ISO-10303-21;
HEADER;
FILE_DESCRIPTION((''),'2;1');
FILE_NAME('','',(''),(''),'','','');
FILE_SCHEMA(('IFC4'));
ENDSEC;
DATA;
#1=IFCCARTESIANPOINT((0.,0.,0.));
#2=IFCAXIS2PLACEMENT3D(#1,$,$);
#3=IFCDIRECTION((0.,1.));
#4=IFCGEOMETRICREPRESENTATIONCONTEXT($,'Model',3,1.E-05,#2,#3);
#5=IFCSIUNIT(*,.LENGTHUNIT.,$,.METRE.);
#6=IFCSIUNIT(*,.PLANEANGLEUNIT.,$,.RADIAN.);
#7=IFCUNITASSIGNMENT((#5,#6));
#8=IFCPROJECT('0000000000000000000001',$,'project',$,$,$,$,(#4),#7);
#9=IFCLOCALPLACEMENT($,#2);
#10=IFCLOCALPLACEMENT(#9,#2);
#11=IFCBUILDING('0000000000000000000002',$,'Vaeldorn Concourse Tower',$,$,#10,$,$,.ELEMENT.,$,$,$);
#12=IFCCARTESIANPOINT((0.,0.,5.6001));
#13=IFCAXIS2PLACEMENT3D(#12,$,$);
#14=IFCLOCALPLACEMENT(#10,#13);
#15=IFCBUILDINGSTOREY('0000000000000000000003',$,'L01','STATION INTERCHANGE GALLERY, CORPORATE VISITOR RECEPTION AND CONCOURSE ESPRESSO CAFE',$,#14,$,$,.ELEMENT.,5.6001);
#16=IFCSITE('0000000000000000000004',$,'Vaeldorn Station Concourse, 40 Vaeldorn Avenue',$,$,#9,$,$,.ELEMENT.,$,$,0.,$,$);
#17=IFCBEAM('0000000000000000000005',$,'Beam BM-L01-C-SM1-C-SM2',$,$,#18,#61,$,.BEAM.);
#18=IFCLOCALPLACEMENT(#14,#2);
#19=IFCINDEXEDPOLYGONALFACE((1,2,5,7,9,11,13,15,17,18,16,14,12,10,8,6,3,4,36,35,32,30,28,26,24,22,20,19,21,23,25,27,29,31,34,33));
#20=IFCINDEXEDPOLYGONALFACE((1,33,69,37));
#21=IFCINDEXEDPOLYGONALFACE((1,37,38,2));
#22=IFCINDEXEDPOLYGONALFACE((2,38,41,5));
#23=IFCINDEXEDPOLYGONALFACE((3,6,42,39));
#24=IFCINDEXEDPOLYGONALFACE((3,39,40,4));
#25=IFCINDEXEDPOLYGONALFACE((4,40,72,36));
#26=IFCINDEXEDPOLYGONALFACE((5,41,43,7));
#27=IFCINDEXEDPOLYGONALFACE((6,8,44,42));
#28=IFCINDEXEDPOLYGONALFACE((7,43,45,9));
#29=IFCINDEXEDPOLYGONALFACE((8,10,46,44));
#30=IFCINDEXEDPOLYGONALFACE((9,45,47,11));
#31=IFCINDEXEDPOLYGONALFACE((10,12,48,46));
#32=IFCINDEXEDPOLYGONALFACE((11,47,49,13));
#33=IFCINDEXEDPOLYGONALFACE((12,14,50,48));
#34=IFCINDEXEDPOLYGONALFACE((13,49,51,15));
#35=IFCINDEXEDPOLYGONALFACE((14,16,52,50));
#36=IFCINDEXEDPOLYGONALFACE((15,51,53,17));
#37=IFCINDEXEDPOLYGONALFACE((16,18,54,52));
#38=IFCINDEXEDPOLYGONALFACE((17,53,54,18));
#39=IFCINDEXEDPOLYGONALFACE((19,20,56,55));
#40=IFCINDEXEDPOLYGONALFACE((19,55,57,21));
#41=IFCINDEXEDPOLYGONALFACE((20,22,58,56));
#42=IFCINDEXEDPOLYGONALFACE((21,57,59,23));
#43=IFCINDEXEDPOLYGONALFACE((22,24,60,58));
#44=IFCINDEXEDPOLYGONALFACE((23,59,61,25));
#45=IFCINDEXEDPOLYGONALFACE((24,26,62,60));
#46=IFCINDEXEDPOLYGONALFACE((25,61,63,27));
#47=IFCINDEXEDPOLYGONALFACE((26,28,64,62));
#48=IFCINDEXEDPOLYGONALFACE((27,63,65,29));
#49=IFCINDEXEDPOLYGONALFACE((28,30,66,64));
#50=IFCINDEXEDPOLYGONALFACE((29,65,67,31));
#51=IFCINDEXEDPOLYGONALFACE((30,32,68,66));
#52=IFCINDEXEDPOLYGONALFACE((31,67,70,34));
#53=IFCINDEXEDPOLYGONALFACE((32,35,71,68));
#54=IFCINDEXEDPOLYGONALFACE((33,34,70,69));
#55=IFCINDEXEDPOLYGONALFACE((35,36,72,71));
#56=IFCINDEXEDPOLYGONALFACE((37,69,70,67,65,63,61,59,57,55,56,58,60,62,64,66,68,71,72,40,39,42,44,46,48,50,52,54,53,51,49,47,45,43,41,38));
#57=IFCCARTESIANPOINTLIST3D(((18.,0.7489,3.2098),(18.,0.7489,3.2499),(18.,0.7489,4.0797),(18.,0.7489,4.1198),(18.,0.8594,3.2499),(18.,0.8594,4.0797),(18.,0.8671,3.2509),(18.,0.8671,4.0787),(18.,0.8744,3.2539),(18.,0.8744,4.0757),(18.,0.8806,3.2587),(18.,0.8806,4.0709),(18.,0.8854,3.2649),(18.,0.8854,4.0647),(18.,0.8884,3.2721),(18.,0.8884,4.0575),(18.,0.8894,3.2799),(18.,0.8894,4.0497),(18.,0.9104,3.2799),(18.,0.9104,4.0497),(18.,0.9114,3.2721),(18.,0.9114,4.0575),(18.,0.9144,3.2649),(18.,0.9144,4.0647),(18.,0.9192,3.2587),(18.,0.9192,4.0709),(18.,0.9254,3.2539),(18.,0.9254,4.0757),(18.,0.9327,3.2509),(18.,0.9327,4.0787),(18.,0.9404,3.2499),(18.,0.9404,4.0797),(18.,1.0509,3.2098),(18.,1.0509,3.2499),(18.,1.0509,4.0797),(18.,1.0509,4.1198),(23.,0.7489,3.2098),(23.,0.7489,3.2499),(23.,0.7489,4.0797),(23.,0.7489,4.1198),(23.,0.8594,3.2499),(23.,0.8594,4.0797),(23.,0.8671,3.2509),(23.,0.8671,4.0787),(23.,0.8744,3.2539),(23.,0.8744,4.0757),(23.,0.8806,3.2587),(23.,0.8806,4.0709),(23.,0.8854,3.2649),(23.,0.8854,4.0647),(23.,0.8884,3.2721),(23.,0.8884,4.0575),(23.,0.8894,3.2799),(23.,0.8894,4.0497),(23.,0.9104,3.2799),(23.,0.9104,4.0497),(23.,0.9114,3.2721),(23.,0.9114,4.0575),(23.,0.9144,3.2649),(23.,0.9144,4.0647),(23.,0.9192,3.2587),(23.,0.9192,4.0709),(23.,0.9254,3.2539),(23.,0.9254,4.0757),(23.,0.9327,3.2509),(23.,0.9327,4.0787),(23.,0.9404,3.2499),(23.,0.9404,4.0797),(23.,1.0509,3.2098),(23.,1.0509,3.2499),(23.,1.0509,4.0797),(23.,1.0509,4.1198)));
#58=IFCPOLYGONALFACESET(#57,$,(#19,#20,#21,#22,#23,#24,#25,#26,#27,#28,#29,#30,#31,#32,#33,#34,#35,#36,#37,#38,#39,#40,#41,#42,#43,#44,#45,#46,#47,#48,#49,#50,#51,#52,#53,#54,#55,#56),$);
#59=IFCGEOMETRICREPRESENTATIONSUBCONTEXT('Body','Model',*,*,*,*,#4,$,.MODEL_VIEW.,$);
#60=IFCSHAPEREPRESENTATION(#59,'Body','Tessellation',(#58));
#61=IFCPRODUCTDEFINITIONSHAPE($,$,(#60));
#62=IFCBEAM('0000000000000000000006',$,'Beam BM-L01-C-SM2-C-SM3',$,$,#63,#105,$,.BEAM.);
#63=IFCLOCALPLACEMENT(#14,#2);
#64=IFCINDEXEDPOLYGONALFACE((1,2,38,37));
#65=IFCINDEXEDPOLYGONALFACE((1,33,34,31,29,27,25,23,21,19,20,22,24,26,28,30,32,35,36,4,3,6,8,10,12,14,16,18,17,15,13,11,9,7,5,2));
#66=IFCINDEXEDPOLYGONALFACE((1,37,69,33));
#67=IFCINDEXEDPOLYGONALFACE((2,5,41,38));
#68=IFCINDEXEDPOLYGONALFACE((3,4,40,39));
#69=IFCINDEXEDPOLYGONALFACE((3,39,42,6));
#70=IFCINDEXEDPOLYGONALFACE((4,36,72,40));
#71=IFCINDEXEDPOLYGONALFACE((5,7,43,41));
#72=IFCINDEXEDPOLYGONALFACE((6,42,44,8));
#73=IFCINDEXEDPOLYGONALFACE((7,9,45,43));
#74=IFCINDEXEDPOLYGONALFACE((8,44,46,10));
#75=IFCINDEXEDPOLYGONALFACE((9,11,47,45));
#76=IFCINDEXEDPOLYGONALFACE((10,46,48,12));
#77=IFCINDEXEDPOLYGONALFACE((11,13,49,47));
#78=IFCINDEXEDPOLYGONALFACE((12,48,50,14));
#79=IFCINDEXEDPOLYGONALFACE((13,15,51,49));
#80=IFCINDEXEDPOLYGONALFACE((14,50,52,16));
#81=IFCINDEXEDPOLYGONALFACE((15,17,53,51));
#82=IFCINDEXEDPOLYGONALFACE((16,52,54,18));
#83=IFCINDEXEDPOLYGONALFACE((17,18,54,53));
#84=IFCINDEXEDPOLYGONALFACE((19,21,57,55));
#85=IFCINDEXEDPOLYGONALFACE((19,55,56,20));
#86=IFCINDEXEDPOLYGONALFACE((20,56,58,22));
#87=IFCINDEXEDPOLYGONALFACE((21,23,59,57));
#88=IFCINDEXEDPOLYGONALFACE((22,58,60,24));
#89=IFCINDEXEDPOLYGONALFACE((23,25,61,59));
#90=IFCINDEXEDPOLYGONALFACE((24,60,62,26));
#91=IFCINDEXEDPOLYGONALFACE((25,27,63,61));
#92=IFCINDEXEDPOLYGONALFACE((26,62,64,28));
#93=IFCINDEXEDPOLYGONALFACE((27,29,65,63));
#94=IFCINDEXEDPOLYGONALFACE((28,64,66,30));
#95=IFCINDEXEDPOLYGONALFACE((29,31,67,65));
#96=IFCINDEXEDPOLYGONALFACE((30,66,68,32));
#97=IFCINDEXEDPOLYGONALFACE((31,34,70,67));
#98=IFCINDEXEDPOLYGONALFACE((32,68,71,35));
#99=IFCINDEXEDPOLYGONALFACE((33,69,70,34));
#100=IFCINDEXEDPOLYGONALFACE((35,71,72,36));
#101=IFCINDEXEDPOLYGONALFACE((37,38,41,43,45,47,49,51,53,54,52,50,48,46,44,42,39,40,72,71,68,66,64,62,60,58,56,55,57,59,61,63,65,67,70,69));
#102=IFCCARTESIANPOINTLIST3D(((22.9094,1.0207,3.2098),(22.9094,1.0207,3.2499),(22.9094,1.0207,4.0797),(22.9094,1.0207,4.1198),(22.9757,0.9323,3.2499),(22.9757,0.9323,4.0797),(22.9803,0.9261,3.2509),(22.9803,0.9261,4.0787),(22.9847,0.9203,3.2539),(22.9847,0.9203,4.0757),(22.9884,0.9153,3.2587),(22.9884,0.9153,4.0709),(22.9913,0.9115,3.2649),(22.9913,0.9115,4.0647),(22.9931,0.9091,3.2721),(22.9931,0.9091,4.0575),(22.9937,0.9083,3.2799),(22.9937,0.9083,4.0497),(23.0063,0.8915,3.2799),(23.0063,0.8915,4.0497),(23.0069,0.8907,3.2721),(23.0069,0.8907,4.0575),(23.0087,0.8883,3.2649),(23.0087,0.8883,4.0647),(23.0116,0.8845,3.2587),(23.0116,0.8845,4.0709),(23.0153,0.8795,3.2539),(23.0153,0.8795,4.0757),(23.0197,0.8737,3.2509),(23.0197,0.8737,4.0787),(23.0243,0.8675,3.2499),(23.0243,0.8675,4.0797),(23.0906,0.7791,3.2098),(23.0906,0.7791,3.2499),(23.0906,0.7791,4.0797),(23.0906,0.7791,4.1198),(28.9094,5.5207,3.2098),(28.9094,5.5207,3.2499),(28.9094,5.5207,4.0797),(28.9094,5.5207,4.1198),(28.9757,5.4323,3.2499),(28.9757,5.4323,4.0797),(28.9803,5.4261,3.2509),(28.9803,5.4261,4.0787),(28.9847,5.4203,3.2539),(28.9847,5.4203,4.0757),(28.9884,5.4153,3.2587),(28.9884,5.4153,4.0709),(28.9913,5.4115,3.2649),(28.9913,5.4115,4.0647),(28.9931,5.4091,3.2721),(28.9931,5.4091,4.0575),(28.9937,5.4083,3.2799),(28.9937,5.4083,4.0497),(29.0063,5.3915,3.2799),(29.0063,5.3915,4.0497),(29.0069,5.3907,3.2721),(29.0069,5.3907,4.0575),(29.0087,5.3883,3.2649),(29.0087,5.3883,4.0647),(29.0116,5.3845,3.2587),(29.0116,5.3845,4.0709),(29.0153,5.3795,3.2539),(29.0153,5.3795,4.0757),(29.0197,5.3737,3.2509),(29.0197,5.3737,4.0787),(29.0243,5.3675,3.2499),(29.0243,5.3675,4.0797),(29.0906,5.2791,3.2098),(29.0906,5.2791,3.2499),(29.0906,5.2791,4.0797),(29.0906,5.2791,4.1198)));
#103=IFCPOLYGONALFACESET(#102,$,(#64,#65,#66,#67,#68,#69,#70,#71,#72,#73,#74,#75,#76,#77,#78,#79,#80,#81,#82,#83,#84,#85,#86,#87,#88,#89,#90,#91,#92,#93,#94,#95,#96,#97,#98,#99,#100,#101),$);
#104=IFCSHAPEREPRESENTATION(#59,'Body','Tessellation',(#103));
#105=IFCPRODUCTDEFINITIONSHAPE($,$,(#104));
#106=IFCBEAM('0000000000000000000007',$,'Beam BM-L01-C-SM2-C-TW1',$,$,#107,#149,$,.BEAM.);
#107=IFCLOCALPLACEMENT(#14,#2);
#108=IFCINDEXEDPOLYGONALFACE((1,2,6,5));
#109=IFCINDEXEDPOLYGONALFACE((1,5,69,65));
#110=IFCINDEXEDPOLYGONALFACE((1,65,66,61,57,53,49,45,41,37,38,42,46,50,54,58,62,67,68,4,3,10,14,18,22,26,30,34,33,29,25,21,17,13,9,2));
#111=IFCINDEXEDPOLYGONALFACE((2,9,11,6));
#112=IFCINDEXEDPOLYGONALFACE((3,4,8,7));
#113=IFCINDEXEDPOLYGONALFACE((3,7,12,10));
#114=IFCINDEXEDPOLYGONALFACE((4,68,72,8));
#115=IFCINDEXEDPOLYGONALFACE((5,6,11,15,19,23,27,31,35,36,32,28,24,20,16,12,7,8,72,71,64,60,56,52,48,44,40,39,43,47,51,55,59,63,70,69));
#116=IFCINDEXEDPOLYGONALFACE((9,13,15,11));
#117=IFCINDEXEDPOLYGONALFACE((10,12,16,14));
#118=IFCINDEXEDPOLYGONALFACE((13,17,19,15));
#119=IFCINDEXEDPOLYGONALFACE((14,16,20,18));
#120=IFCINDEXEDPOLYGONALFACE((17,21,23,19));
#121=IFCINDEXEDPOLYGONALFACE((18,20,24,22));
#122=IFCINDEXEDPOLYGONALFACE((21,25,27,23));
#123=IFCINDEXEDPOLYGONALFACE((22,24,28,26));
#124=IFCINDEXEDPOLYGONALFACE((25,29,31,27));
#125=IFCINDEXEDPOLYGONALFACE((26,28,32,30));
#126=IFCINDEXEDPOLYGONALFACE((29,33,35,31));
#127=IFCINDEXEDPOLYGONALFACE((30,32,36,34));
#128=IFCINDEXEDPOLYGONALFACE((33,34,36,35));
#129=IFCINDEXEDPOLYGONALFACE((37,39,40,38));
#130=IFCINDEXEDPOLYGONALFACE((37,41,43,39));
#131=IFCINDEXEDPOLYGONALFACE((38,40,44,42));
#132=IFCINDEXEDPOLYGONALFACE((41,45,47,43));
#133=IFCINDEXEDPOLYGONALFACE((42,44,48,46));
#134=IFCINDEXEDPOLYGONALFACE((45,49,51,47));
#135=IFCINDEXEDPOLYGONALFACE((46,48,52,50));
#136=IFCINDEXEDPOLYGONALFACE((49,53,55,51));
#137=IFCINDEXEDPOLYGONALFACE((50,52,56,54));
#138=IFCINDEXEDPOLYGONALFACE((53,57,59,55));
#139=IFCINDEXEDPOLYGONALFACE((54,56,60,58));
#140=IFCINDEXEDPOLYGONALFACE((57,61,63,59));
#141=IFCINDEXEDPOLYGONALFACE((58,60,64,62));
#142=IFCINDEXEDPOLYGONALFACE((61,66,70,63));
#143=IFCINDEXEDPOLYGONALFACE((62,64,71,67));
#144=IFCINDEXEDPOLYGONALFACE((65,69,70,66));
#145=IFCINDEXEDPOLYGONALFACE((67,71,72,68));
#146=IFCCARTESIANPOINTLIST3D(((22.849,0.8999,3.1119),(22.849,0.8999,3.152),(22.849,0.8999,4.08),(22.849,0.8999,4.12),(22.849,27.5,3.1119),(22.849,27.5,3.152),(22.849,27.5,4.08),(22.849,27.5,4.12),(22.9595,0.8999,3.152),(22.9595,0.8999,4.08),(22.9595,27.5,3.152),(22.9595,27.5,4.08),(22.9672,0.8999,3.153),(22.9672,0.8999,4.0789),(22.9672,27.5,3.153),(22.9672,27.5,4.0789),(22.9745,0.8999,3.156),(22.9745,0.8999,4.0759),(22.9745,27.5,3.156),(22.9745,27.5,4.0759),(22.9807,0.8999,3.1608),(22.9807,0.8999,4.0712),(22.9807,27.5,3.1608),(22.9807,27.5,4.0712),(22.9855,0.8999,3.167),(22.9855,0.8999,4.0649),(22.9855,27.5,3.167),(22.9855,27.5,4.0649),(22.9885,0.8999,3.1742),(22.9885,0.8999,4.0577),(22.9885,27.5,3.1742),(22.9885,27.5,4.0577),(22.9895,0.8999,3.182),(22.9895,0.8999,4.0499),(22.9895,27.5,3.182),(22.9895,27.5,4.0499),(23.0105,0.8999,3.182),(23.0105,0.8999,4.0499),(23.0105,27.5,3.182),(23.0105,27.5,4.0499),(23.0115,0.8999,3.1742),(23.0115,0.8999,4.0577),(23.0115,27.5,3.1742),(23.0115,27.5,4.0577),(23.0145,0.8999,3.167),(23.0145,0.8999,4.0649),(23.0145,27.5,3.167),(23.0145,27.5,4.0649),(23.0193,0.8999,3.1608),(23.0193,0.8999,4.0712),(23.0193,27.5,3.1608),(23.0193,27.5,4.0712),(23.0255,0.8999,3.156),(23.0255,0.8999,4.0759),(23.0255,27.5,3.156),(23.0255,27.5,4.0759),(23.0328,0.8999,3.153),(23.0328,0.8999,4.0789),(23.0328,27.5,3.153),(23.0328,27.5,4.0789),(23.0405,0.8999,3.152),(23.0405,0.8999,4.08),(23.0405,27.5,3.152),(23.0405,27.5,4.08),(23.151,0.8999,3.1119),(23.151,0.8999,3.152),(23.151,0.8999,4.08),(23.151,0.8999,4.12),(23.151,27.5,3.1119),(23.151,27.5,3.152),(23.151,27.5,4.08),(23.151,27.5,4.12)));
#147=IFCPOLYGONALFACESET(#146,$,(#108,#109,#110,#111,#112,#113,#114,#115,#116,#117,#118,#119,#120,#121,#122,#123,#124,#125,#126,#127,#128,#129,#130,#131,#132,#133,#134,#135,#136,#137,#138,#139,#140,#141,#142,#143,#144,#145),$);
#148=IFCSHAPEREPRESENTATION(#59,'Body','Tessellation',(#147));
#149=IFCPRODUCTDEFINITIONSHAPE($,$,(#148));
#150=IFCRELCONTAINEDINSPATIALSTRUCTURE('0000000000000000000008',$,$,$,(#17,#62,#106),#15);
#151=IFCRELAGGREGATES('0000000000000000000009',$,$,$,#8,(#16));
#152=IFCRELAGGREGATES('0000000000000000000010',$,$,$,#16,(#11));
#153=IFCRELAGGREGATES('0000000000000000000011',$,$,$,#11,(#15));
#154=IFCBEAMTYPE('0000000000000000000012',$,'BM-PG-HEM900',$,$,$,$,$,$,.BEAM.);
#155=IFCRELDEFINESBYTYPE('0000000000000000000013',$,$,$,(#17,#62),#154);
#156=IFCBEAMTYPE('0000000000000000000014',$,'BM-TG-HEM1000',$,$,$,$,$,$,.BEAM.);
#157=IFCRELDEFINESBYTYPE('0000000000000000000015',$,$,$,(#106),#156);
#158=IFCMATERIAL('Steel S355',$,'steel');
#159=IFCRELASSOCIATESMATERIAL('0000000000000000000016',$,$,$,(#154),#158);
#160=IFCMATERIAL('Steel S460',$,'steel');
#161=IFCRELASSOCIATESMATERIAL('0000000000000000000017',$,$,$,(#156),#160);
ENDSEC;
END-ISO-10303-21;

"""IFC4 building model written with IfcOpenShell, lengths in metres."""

from ifc_helpers import new_model, si_unit, direction, frame, origin, origin_2d, place, context, subcontext, project, spatial, i_section, extrude, source, transform, mapped, material, material_profile, profile_set, type_object, element, save


model = new_model("IFC4")

# Units and contexts
model_context = context("Model", 3, precision=1e-05, world=origin(), true_north=direction((0.0, 1.0)))
body_context = subcontext(model_context, "Body", "Model", "MODEL_VIEW")
ifc_project = project(units=[si_unit("LENGTHUNIT", "METRE"), si_unit("PLANEANGLEUNIT", "RADIAN")], contexts=[model_context])

# Site, building, storey
site_placement = place(None, origin())
site = spatial("IfcSite", under=ifc_project, at=site_placement, Name="Vaeldorn Station Concourse, 40 Vaeldorn Avenue", CompositionType="ELEMENT", RefElevation=0.0)
building_placement = place(site_placement, origin())
building = spatial("IfcBuilding", under=site, at=building_placement, Name="Vaeldorn Concourse Tower", CompositionType="ELEMENT")
storey_placement = place(building_placement, frame((0.0, 0.0, 5.6001)))
storey = spatial("IfcBuildingStorey", under=building, at=storey_placement, Name="L01", Description="STATION INTERCHANGE GALLERY, CORPORATE VISITOR RECEPTION AND CONCOURSE ESPRESSO CAFE", CompositionType="ELEMENT", Elevation=5.6001)

# Shared definitions
ifc_material_1 = material(Name="Steel S460", Category="steel")

# Beams
ifc_material_2 = material(Name="Steel S355", Category="steel")
ifc_material_profile_1 = material_profile(ifc_material_2, i_section(OverallWidth=0.302, OverallDepth=0.9099, WebThickness=0.021, FlangeThickness=0.04, FilletRadius=0.03, at=origin_2d()), Name="HEM 900")
ifc_profile_set_1 = profile_set([ifc_material_profile_1], Name="Steel S355")
beam_type_1 = type_object("IfcBeamType", Name="BM-PG-HEM900", PredefinedType="BEAM", material=ifc_profile_set_1)
shared_shape_1 = source(origin(), body_context, "Body", "SweptSolid", [
    extrude(i_section(OverallWidth=0.302, OverallDepth=0.9099, WebThickness=0.021, FlangeThickness=0.04, FilletRadius=0.03, at=origin_2d()), origin(), (0.0, 0.0, 1.0), 5.0),
])
beam_1_placement = place(storey_placement, frame((18.0, 0.8999, 3.6648), z_axis=(1.0, 0.0, 0.0), x_axis=(0.0, 1.0, 0.0)))
element("IfcBeam", 1, at=beam_1_placement, inside=storey, type_object=beam_type_1, Name="Beam BM-L01-C-SM1-C-SM2", PredefinedType="BEAM", context=body_context, shape_type="MappedRepresentation", body=[
    mapped(shared_shape_1, transform((0.0, 0.0, 0.0), scale=1.0)),
])
shared_shape_2 = source(origin(), body_context, "Body", "SweptSolid", [
    extrude(i_section(OverallWidth=0.302, OverallDepth=0.9099, WebThickness=0.021, FlangeThickness=0.04, FilletRadius=0.03, at=origin_2d()), origin(), (0.0, 0.0, 1.0), 7.5),
])
beam_2_placement = place(storey_placement, frame((23.0, 0.8999, 3.6648), z_axis=(0.8, 0.6, 0.0), x_axis=(-0.6, 0.8, 0.0)))
element("IfcBeam", 2, at=beam_2_placement, inside=storey, type_object=beam_type_1, Name="Beam BM-L01-C-SM2-C-SM3", PredefinedType="BEAM", context=body_context, shape_type="MappedRepresentation", body=[
    mapped(shared_shape_2, transform((0.0, 0.0, 0.0), scale=1.0)),
])
ifc_material_profile_2 = material_profile(ifc_material_1, i_section(OverallWidth=0.302, OverallDepth=1.0081, WebThickness=0.021, FlangeThickness=0.04, FilletRadius=0.03, at=origin_2d()), Name="HEM 1000")
ifc_profile_set_2 = profile_set([ifc_material_profile_2], Name="Steel S460")
beam_type_2 = type_object("IfcBeamType", Name="BM-TG-HEM1000", PredefinedType="BEAM", material=ifc_profile_set_2)
shared_shape_3 = source(origin(), body_context, "Body", "SweptSolid", [
    extrude(i_section(OverallWidth=0.302, OverallDepth=1.0081, WebThickness=0.021, FlangeThickness=0.04, FilletRadius=0.03, at=origin_2d()), origin(), (0.0, 0.0, 1.0), 26.6001),
])
beam_3_placement = place(storey_placement, frame((23.0, 0.8999, 3.616), z_axis=(0.0, 1.0, 0.0), x_axis=(-1.0, 0.0, 0.0)))
element("IfcBeam", 3, at=beam_3_placement, inside=storey, type_object=beam_type_2, Name="Beam BM-L01-C-SM2-C-TW1", PredefinedType="BEAM", context=body_context, shape_type="MappedRepresentation", body=[
    mapped(shared_shape_3, transform((0.0, 0.0, 0.0), scale=1.0)),
])

save(model, "model.ifc")
